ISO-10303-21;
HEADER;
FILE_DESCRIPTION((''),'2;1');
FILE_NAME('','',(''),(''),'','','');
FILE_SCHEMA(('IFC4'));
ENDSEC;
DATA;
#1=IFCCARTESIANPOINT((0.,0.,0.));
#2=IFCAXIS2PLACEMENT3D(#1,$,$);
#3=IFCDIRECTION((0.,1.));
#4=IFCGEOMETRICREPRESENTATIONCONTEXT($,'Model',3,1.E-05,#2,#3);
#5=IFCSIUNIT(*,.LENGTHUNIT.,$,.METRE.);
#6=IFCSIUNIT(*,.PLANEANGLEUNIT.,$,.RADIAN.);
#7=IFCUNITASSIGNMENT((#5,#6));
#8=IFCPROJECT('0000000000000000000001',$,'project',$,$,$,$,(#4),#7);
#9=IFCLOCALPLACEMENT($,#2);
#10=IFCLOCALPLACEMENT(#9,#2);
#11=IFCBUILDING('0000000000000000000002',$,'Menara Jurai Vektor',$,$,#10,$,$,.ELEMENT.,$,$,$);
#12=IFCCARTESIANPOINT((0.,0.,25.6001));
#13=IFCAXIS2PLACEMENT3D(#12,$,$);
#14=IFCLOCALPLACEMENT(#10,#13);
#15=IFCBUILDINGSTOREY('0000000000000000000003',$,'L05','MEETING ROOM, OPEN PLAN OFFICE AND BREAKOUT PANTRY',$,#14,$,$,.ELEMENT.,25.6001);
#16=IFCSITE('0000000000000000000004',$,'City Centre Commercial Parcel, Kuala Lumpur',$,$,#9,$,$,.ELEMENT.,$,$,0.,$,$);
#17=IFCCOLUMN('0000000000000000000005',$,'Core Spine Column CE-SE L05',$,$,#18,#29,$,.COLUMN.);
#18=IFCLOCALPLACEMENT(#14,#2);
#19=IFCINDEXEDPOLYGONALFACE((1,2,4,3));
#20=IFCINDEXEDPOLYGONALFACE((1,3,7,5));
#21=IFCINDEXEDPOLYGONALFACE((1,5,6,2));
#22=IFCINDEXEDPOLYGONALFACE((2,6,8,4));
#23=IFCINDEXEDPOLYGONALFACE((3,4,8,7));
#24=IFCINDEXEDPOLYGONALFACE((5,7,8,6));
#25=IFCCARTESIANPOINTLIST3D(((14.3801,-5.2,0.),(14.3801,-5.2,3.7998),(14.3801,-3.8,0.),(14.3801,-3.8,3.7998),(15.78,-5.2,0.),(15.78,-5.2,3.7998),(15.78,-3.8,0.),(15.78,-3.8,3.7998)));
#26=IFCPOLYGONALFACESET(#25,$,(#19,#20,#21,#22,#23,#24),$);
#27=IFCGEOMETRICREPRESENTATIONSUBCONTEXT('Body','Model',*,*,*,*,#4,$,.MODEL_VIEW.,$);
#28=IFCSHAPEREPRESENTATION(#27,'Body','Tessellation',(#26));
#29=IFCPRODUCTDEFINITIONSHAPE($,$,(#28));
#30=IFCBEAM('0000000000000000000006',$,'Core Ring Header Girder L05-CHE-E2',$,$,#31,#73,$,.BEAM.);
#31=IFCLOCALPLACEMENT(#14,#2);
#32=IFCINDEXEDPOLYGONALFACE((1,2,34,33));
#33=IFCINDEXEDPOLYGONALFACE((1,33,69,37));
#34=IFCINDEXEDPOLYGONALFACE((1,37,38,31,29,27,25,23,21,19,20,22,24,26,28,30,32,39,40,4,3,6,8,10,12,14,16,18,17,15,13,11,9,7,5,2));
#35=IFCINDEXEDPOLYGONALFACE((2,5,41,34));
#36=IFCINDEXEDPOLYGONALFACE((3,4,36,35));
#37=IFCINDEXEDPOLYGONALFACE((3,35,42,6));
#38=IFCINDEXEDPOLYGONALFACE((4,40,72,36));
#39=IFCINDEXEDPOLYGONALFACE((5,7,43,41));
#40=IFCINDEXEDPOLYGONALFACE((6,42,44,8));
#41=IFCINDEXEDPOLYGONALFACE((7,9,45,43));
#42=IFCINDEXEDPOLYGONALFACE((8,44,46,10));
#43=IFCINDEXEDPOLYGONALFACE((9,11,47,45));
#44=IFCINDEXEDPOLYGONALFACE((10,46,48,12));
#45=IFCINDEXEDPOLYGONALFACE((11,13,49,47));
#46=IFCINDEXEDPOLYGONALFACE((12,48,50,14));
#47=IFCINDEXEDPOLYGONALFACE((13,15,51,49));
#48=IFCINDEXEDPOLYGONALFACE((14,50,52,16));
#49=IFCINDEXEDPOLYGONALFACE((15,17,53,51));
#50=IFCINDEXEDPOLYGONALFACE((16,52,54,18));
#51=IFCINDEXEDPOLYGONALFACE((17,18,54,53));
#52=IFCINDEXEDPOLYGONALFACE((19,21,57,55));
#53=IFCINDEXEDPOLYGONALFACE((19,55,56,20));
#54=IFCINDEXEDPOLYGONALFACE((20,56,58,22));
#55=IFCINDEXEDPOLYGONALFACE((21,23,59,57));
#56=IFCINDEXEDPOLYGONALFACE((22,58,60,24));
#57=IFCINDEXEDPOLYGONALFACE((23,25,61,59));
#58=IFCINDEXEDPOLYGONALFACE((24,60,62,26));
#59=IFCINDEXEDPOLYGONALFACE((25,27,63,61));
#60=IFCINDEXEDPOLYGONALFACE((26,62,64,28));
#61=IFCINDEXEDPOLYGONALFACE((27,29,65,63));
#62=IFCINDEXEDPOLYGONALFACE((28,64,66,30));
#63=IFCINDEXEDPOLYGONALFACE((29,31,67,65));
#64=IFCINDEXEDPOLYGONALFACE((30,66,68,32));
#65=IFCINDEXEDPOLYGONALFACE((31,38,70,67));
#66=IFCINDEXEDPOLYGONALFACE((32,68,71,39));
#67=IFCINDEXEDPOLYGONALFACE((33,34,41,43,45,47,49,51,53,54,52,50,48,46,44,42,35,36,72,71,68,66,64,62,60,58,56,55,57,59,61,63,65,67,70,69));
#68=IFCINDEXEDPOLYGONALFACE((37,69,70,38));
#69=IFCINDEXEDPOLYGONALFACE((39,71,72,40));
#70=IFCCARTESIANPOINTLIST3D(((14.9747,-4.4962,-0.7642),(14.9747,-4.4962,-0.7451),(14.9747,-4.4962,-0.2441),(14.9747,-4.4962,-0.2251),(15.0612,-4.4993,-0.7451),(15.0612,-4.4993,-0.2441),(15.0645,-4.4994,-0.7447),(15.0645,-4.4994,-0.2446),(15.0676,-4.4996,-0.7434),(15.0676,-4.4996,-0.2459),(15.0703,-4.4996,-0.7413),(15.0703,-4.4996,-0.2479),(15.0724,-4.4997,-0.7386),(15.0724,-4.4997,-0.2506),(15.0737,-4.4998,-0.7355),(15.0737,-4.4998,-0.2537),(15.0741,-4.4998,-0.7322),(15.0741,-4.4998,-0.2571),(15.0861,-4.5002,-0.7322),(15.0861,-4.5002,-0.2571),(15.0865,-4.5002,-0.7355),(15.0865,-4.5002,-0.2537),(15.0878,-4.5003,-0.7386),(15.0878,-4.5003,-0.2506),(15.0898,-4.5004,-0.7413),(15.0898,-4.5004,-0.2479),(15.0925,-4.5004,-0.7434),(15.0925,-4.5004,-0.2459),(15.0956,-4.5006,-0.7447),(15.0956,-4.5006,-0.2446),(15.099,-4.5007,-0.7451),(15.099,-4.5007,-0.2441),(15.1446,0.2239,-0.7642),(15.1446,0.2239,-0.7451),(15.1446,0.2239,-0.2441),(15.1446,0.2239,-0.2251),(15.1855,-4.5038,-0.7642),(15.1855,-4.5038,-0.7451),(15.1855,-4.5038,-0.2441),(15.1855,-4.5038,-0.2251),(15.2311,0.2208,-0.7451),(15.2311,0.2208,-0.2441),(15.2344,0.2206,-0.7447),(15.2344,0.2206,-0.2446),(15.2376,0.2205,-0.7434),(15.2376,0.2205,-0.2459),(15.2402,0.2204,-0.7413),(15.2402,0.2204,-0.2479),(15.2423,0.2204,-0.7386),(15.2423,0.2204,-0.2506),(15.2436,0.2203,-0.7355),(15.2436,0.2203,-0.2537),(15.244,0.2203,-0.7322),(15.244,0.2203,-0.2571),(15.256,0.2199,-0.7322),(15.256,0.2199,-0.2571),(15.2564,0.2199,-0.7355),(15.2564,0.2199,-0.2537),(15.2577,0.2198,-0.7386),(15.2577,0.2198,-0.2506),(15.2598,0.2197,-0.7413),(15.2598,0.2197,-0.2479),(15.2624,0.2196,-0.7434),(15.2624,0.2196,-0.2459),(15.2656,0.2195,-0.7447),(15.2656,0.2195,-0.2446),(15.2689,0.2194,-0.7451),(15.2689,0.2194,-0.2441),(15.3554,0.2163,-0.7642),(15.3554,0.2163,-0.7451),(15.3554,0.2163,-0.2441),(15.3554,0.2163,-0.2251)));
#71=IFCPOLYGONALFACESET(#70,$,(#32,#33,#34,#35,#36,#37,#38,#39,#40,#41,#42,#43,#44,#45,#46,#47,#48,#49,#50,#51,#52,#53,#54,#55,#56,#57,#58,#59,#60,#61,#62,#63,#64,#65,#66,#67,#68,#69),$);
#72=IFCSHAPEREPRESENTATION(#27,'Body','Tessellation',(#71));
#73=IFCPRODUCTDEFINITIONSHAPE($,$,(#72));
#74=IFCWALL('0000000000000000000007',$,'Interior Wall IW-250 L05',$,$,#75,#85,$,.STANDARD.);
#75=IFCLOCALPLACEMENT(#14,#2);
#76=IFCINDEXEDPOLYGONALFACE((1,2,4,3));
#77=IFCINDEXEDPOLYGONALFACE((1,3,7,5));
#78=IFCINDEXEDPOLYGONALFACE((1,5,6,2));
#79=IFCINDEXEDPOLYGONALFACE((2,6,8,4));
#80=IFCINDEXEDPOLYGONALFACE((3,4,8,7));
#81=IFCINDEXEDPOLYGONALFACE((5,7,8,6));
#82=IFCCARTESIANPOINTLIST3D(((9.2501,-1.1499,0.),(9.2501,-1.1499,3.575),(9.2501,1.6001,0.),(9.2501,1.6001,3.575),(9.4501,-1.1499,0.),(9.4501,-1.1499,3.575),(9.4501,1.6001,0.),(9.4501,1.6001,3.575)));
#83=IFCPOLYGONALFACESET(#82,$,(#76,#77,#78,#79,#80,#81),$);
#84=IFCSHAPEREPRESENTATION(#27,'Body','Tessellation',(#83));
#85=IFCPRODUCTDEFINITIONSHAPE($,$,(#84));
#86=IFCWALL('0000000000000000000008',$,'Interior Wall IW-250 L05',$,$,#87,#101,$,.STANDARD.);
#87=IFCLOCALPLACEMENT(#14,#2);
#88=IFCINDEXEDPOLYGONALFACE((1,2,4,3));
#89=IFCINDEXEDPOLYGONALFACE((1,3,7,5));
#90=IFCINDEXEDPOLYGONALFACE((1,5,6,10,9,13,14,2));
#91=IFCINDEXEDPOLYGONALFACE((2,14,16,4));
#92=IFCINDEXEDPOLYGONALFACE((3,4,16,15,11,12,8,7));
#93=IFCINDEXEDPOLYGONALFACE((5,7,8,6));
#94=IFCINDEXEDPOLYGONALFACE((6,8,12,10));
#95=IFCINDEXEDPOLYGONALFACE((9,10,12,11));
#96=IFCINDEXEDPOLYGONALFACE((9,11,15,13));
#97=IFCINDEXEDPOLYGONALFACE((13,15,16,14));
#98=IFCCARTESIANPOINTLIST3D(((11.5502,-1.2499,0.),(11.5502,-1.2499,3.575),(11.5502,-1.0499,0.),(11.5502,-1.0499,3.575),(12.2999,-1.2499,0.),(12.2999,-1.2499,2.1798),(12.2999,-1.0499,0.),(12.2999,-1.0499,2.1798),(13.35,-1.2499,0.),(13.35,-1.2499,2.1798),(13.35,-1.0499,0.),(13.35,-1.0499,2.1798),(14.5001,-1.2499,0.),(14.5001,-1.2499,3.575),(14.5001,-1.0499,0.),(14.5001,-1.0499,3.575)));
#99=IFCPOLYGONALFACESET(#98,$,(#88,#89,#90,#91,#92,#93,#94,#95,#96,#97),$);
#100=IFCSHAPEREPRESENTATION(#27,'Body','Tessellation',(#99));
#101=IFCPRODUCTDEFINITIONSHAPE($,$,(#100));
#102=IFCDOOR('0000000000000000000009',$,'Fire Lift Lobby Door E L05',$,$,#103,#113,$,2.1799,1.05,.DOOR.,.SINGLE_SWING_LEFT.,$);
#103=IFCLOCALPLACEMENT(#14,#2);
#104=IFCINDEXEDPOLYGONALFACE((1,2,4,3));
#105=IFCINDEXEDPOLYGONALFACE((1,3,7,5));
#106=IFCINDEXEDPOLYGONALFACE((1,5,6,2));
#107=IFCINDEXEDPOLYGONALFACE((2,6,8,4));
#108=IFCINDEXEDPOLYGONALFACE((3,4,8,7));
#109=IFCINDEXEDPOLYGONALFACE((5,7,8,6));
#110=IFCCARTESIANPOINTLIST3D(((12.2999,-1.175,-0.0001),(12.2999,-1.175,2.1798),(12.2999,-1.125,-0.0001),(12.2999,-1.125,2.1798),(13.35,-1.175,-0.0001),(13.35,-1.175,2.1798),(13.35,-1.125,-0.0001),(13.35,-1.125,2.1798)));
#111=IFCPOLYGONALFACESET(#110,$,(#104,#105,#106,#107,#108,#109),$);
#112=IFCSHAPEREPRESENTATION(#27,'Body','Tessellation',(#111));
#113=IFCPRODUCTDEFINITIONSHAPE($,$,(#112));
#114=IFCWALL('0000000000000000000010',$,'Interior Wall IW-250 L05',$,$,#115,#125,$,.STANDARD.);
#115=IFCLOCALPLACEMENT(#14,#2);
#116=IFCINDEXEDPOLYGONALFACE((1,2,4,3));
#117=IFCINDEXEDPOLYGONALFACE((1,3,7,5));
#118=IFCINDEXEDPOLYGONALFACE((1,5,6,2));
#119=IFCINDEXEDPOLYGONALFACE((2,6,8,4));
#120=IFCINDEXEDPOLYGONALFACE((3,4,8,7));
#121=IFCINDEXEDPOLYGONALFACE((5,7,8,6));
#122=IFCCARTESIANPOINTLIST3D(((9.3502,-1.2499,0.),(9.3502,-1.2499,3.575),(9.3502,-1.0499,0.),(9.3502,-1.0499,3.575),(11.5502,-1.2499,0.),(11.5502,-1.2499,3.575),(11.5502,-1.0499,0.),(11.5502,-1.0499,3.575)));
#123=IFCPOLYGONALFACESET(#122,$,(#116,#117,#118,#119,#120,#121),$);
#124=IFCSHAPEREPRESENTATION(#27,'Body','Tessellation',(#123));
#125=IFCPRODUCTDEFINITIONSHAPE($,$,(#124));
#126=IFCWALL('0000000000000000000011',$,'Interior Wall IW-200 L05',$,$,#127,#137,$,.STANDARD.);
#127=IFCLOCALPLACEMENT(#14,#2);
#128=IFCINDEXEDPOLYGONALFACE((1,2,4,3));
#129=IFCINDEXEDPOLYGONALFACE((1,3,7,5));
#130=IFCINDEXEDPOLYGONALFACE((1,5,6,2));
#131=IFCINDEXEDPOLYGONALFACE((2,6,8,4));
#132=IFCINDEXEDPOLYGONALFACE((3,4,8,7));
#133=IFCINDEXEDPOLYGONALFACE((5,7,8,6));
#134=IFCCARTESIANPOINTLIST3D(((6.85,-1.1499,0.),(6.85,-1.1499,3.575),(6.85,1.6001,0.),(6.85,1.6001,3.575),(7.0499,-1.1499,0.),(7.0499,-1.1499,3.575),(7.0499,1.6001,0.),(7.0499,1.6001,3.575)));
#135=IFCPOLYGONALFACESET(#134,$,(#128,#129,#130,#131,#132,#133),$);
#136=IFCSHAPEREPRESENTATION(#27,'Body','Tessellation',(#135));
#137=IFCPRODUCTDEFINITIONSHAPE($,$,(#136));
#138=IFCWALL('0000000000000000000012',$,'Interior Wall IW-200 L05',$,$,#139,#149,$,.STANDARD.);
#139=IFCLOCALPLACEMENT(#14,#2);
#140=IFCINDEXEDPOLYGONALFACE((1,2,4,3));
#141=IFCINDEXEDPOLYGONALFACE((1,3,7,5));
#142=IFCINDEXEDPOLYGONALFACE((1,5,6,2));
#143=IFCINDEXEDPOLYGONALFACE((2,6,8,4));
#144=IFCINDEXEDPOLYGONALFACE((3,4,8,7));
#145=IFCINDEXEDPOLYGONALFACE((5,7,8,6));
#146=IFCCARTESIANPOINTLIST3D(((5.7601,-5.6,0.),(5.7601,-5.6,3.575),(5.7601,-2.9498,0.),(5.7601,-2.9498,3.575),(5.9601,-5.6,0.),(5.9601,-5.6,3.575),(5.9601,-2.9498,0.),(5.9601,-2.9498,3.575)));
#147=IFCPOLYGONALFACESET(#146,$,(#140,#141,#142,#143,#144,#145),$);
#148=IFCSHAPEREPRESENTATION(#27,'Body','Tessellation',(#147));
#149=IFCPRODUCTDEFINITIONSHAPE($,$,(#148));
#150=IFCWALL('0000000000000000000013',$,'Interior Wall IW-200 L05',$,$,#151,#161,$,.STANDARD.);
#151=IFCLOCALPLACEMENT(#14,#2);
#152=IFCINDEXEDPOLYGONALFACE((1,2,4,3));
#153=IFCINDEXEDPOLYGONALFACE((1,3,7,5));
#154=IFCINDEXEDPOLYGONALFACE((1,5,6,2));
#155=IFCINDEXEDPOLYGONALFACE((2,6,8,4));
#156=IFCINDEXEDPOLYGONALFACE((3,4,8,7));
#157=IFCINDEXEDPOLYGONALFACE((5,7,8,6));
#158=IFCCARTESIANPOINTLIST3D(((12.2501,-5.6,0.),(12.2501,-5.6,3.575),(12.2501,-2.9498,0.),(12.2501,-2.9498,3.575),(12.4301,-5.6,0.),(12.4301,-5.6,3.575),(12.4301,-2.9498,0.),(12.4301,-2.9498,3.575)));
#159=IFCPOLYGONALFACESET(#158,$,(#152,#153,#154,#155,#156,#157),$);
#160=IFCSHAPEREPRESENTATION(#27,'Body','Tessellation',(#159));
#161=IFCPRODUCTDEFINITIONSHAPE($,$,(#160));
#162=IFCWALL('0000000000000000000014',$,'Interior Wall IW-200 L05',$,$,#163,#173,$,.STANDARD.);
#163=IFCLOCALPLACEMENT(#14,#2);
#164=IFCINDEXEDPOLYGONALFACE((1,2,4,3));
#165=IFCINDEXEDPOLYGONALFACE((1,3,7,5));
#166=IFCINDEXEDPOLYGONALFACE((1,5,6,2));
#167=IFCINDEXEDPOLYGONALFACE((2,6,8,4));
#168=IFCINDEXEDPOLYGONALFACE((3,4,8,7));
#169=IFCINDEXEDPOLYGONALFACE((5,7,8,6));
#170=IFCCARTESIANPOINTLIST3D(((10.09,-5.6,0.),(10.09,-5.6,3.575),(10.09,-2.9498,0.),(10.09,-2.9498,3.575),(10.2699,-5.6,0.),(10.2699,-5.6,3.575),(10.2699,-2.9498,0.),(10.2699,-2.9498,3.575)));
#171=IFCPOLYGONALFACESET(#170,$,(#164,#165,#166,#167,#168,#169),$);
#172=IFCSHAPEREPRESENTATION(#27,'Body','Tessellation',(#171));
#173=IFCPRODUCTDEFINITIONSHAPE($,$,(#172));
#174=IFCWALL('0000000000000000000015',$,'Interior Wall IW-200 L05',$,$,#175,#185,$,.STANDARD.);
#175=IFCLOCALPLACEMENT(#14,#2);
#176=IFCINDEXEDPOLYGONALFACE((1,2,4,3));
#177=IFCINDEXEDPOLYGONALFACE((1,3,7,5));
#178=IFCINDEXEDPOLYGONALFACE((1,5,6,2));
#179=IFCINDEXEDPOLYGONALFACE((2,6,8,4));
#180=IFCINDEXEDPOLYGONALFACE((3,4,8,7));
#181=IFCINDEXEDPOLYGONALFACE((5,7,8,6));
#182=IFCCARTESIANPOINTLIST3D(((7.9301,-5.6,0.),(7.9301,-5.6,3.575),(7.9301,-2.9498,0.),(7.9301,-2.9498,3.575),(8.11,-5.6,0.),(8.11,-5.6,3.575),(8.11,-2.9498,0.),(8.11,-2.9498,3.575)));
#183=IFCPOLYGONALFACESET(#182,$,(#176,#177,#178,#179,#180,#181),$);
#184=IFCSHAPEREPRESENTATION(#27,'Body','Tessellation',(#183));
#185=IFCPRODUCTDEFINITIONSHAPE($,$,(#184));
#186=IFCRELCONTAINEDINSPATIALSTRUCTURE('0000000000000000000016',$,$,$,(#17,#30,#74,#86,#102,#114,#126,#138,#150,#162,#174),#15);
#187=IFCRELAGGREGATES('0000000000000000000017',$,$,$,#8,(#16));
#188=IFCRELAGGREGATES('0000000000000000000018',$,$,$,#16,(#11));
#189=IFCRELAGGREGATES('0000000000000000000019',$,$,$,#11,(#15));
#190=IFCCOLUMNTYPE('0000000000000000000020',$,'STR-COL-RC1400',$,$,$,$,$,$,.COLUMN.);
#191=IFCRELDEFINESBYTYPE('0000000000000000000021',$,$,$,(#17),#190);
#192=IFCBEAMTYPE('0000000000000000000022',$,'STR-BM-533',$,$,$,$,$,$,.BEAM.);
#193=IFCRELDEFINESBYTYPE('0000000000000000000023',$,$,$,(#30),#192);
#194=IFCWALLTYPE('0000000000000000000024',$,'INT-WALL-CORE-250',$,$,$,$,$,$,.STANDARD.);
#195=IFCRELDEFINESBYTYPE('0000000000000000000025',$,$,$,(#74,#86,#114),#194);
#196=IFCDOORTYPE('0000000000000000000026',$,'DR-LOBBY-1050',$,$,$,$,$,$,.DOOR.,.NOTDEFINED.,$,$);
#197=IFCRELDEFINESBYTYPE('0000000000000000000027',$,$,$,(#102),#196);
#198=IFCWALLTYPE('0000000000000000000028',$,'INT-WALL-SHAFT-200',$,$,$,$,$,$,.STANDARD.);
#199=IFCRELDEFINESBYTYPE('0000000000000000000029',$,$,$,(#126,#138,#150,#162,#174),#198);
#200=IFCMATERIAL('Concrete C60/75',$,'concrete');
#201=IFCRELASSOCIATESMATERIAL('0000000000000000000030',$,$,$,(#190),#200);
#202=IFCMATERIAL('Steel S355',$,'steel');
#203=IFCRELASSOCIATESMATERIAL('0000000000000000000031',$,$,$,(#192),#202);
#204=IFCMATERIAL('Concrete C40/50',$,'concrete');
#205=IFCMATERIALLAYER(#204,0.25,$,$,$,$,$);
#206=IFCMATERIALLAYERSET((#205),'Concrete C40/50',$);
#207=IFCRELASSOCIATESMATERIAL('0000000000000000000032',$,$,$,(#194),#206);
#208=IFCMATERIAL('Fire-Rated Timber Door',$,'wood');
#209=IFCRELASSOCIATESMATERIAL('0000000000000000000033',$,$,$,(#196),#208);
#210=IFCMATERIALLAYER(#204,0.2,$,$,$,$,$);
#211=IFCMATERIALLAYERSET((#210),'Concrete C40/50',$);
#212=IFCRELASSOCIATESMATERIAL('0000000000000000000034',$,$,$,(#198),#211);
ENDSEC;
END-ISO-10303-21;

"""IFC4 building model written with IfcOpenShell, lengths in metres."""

from ifc_helpers import new_model, si_unit, direction, frame, frame_2d, origin, origin_2d, place, context, subcontext, project, spatial, rectangle, i_section, extrude, material, layer, layer_set, material_profile, profile_set, type_object, element, fill, save


model = new_model("IFC4")

# Units and contexts
model_context = context("Model", 3, precision=1e-05, world=origin(), true_north=direction((0.0, 1.0)))
body_context = subcontext(model_context, "Body", "Model", "MODEL_VIEW")
ifc_project = project(units=[si_unit("LENGTHUNIT", "METRE"), si_unit("PLANEANGLEUNIT", "RADIAN")], contexts=[model_context])

# Site, building, storey
site_placement = place(None, origin())
site = spatial("IfcSite", under=ifc_project, at=site_placement, Name="City Centre Commercial Parcel, Kuala Lumpur", CompositionType="ELEMENT", RefElevation=0.0)
building_placement = place(site_placement, origin())
building = spatial("IfcBuilding", under=site, at=building_placement, Name="Menara Jurai Vektor", CompositionType="ELEMENT")
storey_placement = place(building_placement, frame((0.0, 0.0, 25.6001)))
storey = spatial("IfcBuildingStorey", under=building, at=storey_placement, Name="L05", Description="MEETING ROOM, OPEN PLAN OFFICE AND BREAKOUT PANTRY", CompositionType="ELEMENT", Elevation=25.6001)

# Column
ifc_material_1 = material(Name="Concrete C60/75", Category="concrete")
ifc_material_profile_1 = material_profile(ifc_material_1, rectangle(XDim=1.3999, YDim=1.3999, at=origin_2d()), Name="RC 1400x1400")
ifc_profile_set_1 = profile_set([ifc_material_profile_1], Name="Concrete C60/75")
column_type = type_object("IfcColumnType", Name="STR-COL-RC1400", PredefinedType="COLUMN", material=ifc_profile_set_1)
column_placement = place(storey_placement, frame((15.0801, -4.5, 0.0), z_axis=(0.0, 0.0, 1.0), x_axis=(1.0, 0.0, 0.0)))
element("IfcColumn", 1, at=column_placement, inside=storey, type_object=column_type, Name="Core Spine Column CE-SE L05", PredefinedType="COLUMN", context=body_context, shape_type="SweptSolid", body=[
    extrude(rectangle(XDim=1.3999, YDim=1.3999, at=origin_2d()), origin(), (0.0, 0.0, 1.0), 3.7998),
])

# Beam
ifc_material_2 = material(Name="Steel S355", Category="steel")
ifc_material_profile_2 = material_profile(ifc_material_2, i_section(OverallWidth=0.2109, OverallDepth=0.5391, WebThickness=0.012, FlangeThickness=0.019, FilletRadius=0.0129, at=origin_2d()), Name="UKB 533x210x109")
ifc_profile_set_2 = profile_set([ifc_material_profile_2], Name="Steel S355")
beam_type = type_object("IfcBeamType", Name="STR-BM-533", PredefinedType="BEAM", material=ifc_profile_set_2)
beam_placement = place(storey_placement, frame((15.0801, -4.5, -0.4946), z_axis=(0.035977, 0.999353, 0.0), x_axis=(-0.999353, 0.035977, 0.0)))
element("IfcBeam", 2, at=beam_placement, inside=storey, type_object=beam_type, Name="Core Ring Header Girder L05-CHE-E2", PredefinedType="BEAM", context=body_context, shape_type="SweptSolid", body=[
    extrude(i_section(OverallWidth=0.2109, OverallDepth=0.5391, WebThickness=0.012, FlangeThickness=0.019, FilletRadius=0.0129, at=origin_2d()), origin(), (0.0, 0.0, 1.0), 4.7231),
])

# Shared definitions
ifc_material_3 = material(Name="Concrete C40/50", Category="concrete")
ifc_layer_1 = layer(ifc_material_3, 0.25)
ifc_layer_set_1 = layer_set([ifc_layer_1], Name="Concrete C40/50")
wall_type_1 = type_object("IfcWallType", Name="INT-WALL-CORE-250", PredefinedType="STANDARD", material=ifc_layer_set_1)

# Wall
wall_1_placement = place(storey_placement, frame((9.3501, -1.1499, 0.0), z_axis=(0.0, 0.0, 1.0), x_axis=(0.0, 1.0, 0.0)))
element("IfcWall", 3, at=wall_1_placement, inside=storey, type_object=wall_type_1, Name="Interior Wall IW-250 L05", PredefinedType="STANDARD", context=body_context, shape_type="SweptSolid", body=[
    extrude(rectangle(XDim=2.75, YDim=0.2, at=frame_2d((1.375, 0.0))), origin(), (0.0, 0.0, 1.0), 3.575),
])

# Wall, opening, door
wall_2_placement = place(storey_placement, frame((11.55, -1.1499, 0.0), z_axis=(0.0, 0.0, 1.0), x_axis=(1.0, 0.0, 0.0)))
wall_2 = element("IfcWall", 4, at=wall_2_placement, inside=storey, type_object=wall_type_1, Name="Interior Wall IW-250 L05", PredefinedType="STANDARD", context=body_context, shape_type="SweptSolid", body=[
    extrude(rectangle(XDim=2.95, YDim=0.2, at=frame_2d((1.4751, 0.0))), origin(), (0.0, 0.0, 1.0), 3.575),
])
opening_1_placement = place(wall_2_placement, frame((0.75, 0.0, 0.0)))
opening_1 = element("IfcOpeningElement", 5, at=opening_1_placement, cuts=wall_2, PredefinedType="OPENING", context=body_context, shape_type="SweptSolid", body=[
    extrude(rectangle(XDim=1.05, YDim=2.1799, at=frame_2d((0.5249, 1.0898))), frame((0.0, 0.1099, 0.0), z_axis=(0.0, -1.0, 0.0), x_axis=(1.0, 0.0, 0.0)), (0.0, 0.0, 1.0), 0.22),
])
ifc_material_4 = material(Name="Fire-Rated Timber Door", Category="wood")
door_type_1 = type_object("IfcDoorType", Name="DR-LOBBY-1050", OperationType="NOTDEFINED", PredefinedType="DOOR", material=ifc_material_4)
door_1_placement = place(opening_1_placement, origin())
door_1 = element("IfcDoor", 6, at=door_1_placement, inside=storey, type_object=door_type_1, Name="Fire Lift Lobby Door E L05", OperationType="SINGLE_SWING_LEFT", OverallHeight=2.1799, OverallWidth=1.05, PredefinedType="DOOR", context=body_context, shape_type="SweptSolid", body=[
    extrude(rectangle(XDim=1.05, YDim=2.1799, at=frame_2d((0.5249, 1.0898))), frame((0.0, 0.0249, 0.0), z_axis=(0.0, -1.0, 0.0), x_axis=(1.0, 0.0, 0.0)), (0.0, 0.0, 1.0), 0.05),
])
fill(opening_1, door_1)

# Walls
wall_3_placement = place(storey_placement, frame((9.3501, -1.1499, 0.0), z_axis=(0.0, 0.0, 1.0), x_axis=(1.0, 0.0, 0.0)))
element("IfcWall", 7, at=wall_3_placement, inside=storey, type_object=wall_type_1, Name="Interior Wall IW-250 L05", PredefinedType="STANDARD", context=body_context, shape_type="SweptSolid", body=[
    extrude(rectangle(XDim=2.2, YDim=0.2, at=frame_2d((1.1001, 0.0))), origin(), (0.0, 0.0, 1.0), 3.575),
])
ifc_layer_2 = layer(ifc_material_3, 0.2)
ifc_layer_set_2 = layer_set([ifc_layer_2], Name="Concrete C40/50")
wall_type_2 = type_object("IfcWallType", Name="INT-WALL-SHAFT-200", PredefinedType="STANDARD", material=ifc_layer_set_2)
wall_4_placement = place(storey_placement, frame((6.95, -1.1499, 0.0), z_axis=(0.0, 0.0, 1.0), x_axis=(0.0, 1.0, 0.0)))
element("IfcWall", 8, at=wall_4_placement, inside=storey, type_object=wall_type_2, Name="Interior Wall IW-200 L05", PredefinedType="STANDARD", context=body_context, shape_type="SweptSolid", body=[
    extrude(rectangle(XDim=2.75, YDim=0.2, at=frame_2d((1.375, 0.0))), origin(), (0.0, 0.0, 1.0), 3.575),
])

# Walls
wall_5_placement = place(storey_placement, frame((5.8601, -5.6001, 0.0), z_axis=(0.0, 0.0, 1.0), x_axis=(0.0, 1.0, 0.0)))
element("IfcWall", 9, at=wall_5_placement, inside=storey, type_object=wall_type_2, Name="Interior Wall IW-200 L05", PredefinedType="STANDARD", context=body_context, shape_type="SweptSolid", body=[
    extrude(rectangle(XDim=2.6501, YDim=0.2, at=frame_2d((1.3252, 0.0))), origin(), (0.0, 0.0, 1.0), 3.575),
])
for number, where, z_axis, x_axis, name in (
    (10, (12.3401, -5.6001, 0.0), (0.0, 0.0, 1.0), (0.0, 1.0, 0.0), "Interior Wall IW-200 L05"),
    (11, (10.1799, -5.6001, 0.0), (0.0, 0.0, 1.0), (0.0, 1.0, 0.0), "Interior Wall IW-200 L05"),
    (12, (8.02, -5.6001, 0.0), (0.0, 0.0, 1.0), (0.0, 1.0, 0.0), "Interior Wall IW-200 L05"),
):
    element("IfcWall", number, at=place(storey_placement, frame(where, z_axis=z_axis, x_axis=x_axis)), inside=storey, type_object=wall_type_2, Name=name, PredefinedType="STANDARD", context=body_context, shape_type="SweptSolid", body=[
        extrude(rectangle(XDim=2.6501, YDim=0.1799, at=frame_2d((1.3252, 0.0))), origin(), (0.0, 0.0, 1.0), 3.575),
    ])

save(model, "model.ifc")
